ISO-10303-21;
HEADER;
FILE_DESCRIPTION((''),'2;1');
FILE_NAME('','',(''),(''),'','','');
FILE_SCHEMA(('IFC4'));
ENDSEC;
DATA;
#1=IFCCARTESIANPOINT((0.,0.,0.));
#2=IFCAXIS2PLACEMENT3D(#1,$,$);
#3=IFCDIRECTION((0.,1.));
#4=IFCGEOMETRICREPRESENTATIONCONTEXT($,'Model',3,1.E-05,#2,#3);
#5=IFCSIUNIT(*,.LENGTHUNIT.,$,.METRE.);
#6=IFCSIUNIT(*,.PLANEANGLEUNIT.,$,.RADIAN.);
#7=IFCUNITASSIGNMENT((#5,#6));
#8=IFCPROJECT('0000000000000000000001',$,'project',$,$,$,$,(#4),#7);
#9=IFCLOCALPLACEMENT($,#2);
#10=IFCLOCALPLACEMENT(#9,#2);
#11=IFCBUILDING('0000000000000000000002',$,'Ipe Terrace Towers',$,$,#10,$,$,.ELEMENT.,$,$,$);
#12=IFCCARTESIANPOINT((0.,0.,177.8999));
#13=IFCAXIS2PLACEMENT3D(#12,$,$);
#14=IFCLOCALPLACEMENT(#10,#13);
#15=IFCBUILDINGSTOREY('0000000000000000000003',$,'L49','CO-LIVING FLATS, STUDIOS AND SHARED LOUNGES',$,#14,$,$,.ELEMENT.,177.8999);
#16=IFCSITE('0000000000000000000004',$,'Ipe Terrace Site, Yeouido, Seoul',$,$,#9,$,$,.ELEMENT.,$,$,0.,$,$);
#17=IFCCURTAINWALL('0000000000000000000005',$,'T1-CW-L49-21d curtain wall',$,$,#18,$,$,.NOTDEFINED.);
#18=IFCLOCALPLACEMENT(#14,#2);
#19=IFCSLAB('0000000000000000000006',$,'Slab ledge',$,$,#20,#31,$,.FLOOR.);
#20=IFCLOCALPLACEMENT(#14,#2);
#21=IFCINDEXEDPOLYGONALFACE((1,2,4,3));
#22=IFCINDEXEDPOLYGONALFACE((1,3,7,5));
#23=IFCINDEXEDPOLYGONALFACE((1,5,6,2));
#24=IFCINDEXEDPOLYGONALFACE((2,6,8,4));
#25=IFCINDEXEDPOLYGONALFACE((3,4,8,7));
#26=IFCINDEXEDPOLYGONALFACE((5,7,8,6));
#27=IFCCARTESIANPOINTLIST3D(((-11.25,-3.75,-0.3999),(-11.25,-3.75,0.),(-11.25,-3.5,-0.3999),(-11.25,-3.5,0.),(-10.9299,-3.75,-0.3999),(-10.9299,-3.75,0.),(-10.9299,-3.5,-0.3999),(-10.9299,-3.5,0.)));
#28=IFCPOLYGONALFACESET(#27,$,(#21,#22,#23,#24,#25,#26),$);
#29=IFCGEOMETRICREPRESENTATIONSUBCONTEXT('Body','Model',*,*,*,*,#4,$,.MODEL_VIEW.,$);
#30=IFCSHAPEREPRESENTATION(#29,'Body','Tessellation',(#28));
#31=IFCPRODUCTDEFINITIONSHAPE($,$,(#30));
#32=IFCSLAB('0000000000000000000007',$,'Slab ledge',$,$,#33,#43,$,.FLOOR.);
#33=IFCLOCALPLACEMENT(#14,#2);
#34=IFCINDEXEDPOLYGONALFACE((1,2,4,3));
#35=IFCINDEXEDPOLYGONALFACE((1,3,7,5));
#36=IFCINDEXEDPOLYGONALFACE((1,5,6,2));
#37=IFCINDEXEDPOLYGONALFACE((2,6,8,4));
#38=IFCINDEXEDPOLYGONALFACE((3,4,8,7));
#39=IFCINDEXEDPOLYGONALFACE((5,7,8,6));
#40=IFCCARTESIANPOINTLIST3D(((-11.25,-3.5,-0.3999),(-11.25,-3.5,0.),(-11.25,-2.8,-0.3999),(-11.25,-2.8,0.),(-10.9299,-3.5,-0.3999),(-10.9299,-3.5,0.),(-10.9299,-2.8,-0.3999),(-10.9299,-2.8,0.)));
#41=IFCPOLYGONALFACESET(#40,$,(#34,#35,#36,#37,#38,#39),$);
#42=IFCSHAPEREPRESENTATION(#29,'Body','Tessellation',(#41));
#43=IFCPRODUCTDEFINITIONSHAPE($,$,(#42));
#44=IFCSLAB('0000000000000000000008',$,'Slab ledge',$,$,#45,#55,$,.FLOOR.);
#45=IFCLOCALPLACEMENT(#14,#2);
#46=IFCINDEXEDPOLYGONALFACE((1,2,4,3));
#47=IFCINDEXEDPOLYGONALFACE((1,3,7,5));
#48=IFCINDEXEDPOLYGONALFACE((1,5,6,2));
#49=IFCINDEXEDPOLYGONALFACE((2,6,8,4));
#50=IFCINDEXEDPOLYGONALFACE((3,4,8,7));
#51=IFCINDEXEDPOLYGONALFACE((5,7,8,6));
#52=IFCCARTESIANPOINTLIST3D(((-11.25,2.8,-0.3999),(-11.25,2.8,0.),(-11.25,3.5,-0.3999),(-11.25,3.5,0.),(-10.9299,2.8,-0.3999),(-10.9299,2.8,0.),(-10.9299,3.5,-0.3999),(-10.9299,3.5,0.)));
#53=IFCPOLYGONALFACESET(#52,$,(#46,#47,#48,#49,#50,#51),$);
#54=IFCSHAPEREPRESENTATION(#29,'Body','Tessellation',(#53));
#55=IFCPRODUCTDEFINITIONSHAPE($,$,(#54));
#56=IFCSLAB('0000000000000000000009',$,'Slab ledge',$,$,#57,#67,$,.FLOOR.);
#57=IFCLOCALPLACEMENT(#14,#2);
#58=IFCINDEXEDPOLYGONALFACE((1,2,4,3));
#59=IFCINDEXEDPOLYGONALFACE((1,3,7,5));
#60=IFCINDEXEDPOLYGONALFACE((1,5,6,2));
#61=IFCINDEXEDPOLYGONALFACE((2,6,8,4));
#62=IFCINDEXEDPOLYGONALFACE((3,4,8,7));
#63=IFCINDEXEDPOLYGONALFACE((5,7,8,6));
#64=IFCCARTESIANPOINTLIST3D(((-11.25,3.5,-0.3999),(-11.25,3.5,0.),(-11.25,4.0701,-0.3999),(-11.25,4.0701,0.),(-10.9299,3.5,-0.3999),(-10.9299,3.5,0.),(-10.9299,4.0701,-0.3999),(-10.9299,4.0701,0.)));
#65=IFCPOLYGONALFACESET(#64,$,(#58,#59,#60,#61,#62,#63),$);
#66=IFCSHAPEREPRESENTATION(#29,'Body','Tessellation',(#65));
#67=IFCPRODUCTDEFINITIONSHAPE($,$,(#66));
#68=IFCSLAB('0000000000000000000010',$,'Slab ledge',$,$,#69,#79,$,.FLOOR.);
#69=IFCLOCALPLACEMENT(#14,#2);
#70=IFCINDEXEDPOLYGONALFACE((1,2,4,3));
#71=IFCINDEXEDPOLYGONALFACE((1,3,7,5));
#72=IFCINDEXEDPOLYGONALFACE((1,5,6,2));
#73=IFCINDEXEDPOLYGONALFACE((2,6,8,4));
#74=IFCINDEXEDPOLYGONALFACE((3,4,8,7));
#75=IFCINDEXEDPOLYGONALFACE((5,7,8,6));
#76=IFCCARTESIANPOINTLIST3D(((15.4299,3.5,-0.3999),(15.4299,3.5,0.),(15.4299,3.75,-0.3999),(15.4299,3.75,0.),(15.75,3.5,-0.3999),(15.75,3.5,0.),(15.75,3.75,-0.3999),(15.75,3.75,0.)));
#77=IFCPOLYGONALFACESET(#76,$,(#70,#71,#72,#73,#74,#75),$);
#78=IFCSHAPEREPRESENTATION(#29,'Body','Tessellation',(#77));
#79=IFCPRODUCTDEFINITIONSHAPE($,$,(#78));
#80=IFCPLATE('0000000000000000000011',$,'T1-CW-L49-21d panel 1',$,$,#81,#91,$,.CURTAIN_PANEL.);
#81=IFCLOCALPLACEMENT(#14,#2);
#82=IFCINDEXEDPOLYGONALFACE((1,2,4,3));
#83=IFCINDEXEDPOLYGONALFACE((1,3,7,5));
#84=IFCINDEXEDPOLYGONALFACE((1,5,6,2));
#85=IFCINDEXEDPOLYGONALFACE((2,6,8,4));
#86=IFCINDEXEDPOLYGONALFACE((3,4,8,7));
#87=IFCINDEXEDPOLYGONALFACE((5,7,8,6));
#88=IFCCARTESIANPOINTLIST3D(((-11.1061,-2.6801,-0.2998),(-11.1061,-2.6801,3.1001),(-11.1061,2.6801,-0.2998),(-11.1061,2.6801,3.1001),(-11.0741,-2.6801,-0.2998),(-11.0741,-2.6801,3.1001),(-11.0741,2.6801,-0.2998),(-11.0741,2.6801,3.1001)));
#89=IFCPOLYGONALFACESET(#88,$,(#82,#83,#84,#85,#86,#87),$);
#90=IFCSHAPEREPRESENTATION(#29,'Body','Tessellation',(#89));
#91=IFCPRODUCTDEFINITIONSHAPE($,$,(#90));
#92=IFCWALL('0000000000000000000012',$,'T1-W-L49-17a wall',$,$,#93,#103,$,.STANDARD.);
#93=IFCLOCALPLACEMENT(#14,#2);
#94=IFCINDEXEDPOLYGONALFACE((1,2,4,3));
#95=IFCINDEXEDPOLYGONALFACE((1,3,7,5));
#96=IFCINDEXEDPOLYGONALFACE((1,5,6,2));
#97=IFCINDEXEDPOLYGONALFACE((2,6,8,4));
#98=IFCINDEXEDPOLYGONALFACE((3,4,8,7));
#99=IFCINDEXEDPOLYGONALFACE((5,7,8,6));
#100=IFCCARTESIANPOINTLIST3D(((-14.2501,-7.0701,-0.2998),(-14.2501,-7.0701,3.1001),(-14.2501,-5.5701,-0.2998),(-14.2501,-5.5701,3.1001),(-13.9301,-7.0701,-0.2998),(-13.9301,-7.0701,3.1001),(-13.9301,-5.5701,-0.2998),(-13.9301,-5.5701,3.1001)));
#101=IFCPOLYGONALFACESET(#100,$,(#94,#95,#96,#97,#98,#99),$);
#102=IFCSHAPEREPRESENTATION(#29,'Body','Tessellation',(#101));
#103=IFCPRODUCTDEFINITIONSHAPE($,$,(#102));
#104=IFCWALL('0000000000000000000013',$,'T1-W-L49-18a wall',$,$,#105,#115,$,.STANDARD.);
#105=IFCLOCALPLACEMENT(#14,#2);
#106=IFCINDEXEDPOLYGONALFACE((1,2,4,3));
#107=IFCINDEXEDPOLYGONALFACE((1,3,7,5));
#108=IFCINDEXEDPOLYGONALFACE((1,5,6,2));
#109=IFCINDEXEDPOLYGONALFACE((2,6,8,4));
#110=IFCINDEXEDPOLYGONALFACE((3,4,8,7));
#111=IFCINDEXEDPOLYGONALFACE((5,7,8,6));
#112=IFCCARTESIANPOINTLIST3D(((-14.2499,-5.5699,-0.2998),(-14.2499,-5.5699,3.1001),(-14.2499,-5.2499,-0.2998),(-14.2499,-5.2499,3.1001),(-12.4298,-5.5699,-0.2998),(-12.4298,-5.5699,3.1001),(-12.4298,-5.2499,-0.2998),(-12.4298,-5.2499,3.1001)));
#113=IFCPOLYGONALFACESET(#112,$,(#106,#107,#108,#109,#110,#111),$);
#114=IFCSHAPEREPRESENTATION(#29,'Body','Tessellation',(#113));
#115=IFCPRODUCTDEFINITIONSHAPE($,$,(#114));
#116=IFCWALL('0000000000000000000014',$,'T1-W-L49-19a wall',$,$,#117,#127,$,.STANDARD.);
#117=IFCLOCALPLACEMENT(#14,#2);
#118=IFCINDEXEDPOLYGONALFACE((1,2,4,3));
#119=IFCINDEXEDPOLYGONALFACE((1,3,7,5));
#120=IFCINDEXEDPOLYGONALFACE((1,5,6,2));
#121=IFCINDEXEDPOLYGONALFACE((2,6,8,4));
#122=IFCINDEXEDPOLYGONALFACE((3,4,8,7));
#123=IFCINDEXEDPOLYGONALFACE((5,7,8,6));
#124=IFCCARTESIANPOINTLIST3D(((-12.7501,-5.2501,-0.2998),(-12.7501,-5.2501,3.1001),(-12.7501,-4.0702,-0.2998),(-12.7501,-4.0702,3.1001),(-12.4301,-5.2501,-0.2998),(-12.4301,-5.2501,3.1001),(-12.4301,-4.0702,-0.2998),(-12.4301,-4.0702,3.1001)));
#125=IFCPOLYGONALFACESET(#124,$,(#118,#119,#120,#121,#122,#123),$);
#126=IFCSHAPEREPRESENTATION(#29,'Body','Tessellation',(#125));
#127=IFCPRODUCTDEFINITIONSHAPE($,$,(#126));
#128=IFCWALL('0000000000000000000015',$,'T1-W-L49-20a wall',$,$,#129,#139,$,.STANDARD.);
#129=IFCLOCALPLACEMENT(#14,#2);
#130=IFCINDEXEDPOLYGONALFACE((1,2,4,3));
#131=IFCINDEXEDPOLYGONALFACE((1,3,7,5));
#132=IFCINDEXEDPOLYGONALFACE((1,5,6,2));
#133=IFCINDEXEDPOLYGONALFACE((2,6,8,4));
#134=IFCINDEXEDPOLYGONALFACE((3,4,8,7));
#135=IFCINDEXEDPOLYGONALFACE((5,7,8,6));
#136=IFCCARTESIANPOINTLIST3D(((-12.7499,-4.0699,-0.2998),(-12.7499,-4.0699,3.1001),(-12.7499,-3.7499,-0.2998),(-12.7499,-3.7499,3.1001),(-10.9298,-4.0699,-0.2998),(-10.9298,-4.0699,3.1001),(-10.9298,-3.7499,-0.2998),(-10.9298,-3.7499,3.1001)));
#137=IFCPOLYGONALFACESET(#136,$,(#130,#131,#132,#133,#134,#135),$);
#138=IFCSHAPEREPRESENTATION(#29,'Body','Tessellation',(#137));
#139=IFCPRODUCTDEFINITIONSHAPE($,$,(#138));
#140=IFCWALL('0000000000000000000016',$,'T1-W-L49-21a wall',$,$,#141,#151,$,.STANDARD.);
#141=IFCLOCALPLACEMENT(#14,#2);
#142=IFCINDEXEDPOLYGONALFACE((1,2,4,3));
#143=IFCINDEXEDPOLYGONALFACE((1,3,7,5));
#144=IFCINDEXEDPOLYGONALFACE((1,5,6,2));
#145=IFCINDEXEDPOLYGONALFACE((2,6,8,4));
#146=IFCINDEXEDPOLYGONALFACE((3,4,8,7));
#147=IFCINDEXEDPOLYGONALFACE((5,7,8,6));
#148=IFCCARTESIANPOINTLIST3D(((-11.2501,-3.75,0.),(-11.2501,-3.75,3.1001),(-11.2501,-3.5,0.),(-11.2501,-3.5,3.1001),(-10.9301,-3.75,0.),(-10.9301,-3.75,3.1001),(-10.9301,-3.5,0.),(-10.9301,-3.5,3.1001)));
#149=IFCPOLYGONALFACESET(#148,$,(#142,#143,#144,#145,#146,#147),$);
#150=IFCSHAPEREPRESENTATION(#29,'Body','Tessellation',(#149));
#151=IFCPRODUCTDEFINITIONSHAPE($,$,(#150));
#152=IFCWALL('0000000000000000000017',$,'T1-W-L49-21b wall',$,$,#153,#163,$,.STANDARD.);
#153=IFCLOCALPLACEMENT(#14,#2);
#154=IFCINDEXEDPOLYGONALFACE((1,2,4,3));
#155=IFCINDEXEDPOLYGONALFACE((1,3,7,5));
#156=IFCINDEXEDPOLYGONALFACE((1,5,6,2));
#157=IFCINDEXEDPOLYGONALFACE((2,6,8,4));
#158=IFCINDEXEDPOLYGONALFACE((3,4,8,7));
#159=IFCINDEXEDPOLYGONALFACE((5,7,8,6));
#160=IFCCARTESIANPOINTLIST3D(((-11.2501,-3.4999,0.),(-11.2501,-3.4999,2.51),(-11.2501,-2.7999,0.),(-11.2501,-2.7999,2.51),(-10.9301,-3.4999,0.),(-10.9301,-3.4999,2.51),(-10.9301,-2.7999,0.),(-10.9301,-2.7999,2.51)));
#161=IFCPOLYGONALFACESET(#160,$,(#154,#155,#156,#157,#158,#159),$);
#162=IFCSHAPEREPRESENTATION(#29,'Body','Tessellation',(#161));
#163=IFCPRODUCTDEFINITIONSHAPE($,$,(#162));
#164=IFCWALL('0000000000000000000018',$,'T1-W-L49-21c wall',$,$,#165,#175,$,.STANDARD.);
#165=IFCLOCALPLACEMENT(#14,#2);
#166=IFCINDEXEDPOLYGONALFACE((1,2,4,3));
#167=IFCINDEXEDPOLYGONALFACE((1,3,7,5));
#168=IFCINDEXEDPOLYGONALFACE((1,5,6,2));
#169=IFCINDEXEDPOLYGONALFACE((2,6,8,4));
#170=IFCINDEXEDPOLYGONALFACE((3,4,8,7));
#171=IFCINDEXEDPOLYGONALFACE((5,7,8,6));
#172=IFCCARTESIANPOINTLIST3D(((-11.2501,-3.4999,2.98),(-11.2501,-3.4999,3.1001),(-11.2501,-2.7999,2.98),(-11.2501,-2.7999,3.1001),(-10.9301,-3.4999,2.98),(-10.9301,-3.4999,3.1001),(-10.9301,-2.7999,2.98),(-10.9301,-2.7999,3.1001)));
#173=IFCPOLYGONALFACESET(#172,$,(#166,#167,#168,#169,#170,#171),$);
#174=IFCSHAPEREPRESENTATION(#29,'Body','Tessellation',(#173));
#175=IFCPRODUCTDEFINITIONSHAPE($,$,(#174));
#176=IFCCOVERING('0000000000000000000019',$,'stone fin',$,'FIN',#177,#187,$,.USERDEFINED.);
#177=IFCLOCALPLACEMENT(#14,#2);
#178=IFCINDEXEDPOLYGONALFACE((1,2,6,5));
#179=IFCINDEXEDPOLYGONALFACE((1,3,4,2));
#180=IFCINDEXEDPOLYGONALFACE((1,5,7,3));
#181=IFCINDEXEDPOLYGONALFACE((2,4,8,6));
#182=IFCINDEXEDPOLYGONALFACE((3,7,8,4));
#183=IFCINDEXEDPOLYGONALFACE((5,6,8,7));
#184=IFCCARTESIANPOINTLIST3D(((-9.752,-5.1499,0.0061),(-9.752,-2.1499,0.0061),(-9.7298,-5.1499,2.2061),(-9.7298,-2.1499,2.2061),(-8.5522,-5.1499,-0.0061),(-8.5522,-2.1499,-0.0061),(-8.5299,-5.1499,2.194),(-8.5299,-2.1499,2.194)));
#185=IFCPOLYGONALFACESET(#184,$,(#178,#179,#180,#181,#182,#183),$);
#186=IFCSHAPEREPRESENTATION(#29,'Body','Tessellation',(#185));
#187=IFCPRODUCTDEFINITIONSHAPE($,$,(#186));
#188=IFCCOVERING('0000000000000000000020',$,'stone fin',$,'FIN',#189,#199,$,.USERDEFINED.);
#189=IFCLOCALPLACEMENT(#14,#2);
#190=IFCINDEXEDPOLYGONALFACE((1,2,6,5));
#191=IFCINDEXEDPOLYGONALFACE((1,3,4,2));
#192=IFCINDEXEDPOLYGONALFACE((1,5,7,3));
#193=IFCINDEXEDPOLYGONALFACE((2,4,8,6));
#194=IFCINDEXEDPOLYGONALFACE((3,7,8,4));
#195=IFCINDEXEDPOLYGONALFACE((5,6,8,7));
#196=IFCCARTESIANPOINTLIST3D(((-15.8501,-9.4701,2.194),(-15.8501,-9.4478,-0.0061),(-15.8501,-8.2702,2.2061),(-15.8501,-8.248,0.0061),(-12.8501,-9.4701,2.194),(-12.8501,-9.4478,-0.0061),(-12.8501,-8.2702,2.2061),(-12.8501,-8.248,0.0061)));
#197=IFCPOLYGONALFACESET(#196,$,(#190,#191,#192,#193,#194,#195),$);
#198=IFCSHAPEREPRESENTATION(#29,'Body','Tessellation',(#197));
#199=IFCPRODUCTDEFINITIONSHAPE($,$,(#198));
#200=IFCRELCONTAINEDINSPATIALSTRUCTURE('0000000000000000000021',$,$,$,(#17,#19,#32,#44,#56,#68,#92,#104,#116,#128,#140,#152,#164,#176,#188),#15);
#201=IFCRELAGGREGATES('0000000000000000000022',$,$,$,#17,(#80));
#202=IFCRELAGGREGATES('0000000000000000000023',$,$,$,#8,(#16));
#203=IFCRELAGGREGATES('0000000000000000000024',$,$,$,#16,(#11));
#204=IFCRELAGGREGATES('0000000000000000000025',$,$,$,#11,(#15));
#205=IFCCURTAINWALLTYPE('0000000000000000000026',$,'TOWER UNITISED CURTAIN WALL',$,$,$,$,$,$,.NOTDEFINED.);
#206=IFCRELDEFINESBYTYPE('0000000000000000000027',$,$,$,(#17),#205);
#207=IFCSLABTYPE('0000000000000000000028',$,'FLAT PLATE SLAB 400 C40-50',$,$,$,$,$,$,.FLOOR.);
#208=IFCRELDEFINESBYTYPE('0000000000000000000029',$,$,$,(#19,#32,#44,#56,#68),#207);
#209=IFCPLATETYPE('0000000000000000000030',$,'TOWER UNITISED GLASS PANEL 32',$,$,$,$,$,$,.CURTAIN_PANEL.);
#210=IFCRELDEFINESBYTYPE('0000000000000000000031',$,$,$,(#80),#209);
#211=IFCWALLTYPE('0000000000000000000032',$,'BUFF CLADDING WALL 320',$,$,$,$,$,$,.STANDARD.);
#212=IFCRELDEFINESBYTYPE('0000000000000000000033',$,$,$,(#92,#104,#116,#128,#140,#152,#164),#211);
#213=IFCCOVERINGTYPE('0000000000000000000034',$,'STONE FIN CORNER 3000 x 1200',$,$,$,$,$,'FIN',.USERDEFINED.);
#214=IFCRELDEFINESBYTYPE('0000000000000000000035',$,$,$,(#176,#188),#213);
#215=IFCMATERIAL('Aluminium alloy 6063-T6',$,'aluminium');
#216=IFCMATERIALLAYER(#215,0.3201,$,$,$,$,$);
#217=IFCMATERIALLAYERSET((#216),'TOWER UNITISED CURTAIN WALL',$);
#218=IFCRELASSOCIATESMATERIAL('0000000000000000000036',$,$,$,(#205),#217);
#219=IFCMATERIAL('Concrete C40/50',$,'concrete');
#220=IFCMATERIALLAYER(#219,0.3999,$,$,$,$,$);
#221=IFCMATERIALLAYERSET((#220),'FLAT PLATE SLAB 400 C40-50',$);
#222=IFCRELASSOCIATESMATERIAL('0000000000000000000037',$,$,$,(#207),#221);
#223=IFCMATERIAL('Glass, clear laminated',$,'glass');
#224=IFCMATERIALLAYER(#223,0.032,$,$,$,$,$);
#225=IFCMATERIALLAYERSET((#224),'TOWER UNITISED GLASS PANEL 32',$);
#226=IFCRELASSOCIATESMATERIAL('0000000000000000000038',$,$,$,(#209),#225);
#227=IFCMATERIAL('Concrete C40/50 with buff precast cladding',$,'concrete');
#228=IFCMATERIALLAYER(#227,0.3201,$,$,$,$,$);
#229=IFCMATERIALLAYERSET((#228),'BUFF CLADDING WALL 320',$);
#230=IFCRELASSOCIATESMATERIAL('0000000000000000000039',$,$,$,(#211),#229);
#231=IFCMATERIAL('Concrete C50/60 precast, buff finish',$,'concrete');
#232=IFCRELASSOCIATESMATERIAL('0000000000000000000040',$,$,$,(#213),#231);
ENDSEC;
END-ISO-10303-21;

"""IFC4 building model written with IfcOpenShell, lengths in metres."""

from ifc_helpers import new_model, si_unit, direction, frame, frame_2d, origin, origin_2d, place, context, subcontext, project, spatial, polyline, rectangle, outline, extrude, material, layer, layer_set, material_profile, profile_set, type_object, element, aggregate, save


model = new_model("IFC4")

# Units and contexts
model_context = context("Model", 3, precision=1e-05, world=origin(), true_north=direction((0.0, 1.0)))
body_context = subcontext(model_context, "Body", "Model", "MODEL_VIEW")
ifc_project = project(units=[si_unit("LENGTHUNIT", "METRE"), si_unit("PLANEANGLEUNIT", "RADIAN")], contexts=[model_context])

# Site, building, storey
site_placement = place(None, origin())
site = spatial("IfcSite", under=ifc_project, at=site_placement, Name="Ipe Terrace Site, Yeouido, Seoul", CompositionType="ELEMENT", RefElevation=0.0)
building_placement = place(site_placement, origin())
building = spatial("IfcBuilding", under=site, at=building_placement, Name="Ipe Terrace Towers", CompositionType="ELEMENT")
storey_placement = place(building_placement, frame((0.0, 0.0, 177.8999)))
storey = spatial("IfcBuildingStorey", under=building, at=storey_placement, Name="L49", Description="CO-LIVING FLATS, STUDIOS AND SHARED LOUNGES", CompositionType="ELEMENT", Elevation=177.8999)

# Curtain wall
ifc_material_1 = material(Name="Aluminium alloy 6063-T6", Category="aluminium")
ifc_layer_1 = layer(ifc_material_1, 0.3201)
ifc_layer_set_1 = layer_set([ifc_layer_1], Name="TOWER UNITISED CURTAIN WALL")
curtain_wall_type = type_object("IfcCurtainWallType", Name="TOWER UNITISED CURTAIN WALL", PredefinedType="NOTDEFINED", material=ifc_layer_set_1)
curtain_wall_1_placement = place(storey_placement, origin())
curtain_wall_1 = element("IfcCurtainWall", 1, at=curtain_wall_1_placement, inside=storey, type_object=curtain_wall_type, Name="T1-CW-L49-21d curtain wall", PredefinedType="NOTDEFINED")

# Slabs
ifc_material_2 = material(Name="Concrete C40/50", Category="concrete")
ifc_layer_2 = layer(ifc_material_2, 0.3999)
ifc_layer_set_2 = layer_set([ifc_layer_2], Name="FLAT PLATE SLAB 400 C40-50")
slab_type = type_object("IfcSlabType", Name="FLAT PLATE SLAB 400 C40-50", PredefinedType="FLOOR", material=ifc_layer_set_2)
slab_1_placement = place(storey_placement, frame((0.0, 0.0, -0.3999)))
element("IfcSlab", 2, at=slab_1_placement, inside=storey, type_object=slab_type, Name="Slab ledge", PredefinedType="FLOOR", context=body_context, shape_type="SweptSolid", body=[
    extrude(outline(polyline([(-11.25, -3.75), (-11.25, -3.5), (-10.9299, -3.5), (-10.9299, -3.75), (-11.25, -3.75)])), origin(), (0.0, 0.0, 1.0), 0.3999),
])
slab_2_placement = place(storey_placement, frame((0.0, 0.0, -0.3999)))
element("IfcSlab", 3, at=slab_2_placement, inside=storey, type_object=slab_type, Name="Slab ledge", PredefinedType="FLOOR", context=body_context, shape_type="SweptSolid", body=[
    extrude(outline(polyline([(-11.25, -3.5), (-11.25, -2.8), (-10.9299, -2.8), (-10.9299, -3.5), (-11.25, -3.5)])), origin(), (0.0, 0.0, 1.0), 0.3999),
])
slab_3_placement = place(storey_placement, frame((0.0, 0.0, -0.3999)))
element("IfcSlab", 4, at=slab_3_placement, inside=storey, type_object=slab_type, Name="Slab ledge", PredefinedType="FLOOR", context=body_context, shape_type="SweptSolid", body=[
    extrude(outline(polyline([(-11.25, 2.8), (-11.25, 3.5), (-10.9299, 3.5), (-10.9299, 2.8), (-11.25, 2.8)])), origin(), (0.0, 0.0, 1.0), 0.3999),
])
slab_4_placement = place(storey_placement, frame((0.0, 0.0, -0.3999)))
element("IfcSlab", 5, at=slab_4_placement, inside=storey, type_object=slab_type, Name="Slab ledge", PredefinedType="FLOOR", context=body_context, shape_type="SweptSolid", body=[
    extrude(outline(polyline([(-11.25, 3.5), (-11.25, 4.0701), (-10.9299, 4.0701), (-10.9299, 3.5), (-11.25, 3.5)])), origin(), (0.0, 0.0, 1.0), 0.3999),
])
slab_5_placement = place(storey_placement, frame((0.0, 0.0, -0.3999)))
element("IfcSlab", 6, at=slab_5_placement, inside=storey, type_object=slab_type, Name="Slab ledge", PredefinedType="FLOOR", context=body_context, shape_type="SweptSolid", body=[
    extrude(outline(polyline([(15.75, 3.75), (15.75, 3.5), (15.4299, 3.5), (15.4299, 3.75), (15.75, 3.75)])), origin(), (0.0, 0.0, 1.0), 0.3999),
])

# Plate
ifc_material_3 = material(Name="Glass, clear laminated", Category="glass")
ifc_layer_3 = layer(ifc_material_3, 0.032)
ifc_layer_set_3 = layer_set([ifc_layer_3], Name="TOWER UNITISED GLASS PANEL 32")
plate_type = type_object("IfcPlateType", Name="TOWER UNITISED GLASS PANEL 32", PredefinedType="CURTAIN_PANEL", material=ifc_layer_set_3)
plate_placement = place(storey_placement, frame((-11.0901, 0.0, -0.2998), z_axis=(0.0, 0.0, 1.0), x_axis=(0.0, 1.0, 0.0)))
plate = element("IfcPlate", 7, at=plate_placement, type_object=plate_type, Name="T1-CW-L49-21d panel 1", PredefinedType="CURTAIN_PANEL", context=body_context, shape_type="SweptSolid", body=[
    extrude(rectangle(XDim=5.3601, YDim=0.032, at=origin_2d()), origin(), (0.0, 0.0, 1.0), 3.3999),
])
aggregate(curtain_wall_1, [plate])

# Walls
ifc_material_4 = material(Name="Concrete C40/50 with buff precast cladding", Category="concrete")
ifc_layer_4 = layer(ifc_material_4, 0.3201)
ifc_layer_set_4 = layer_set([ifc_layer_4], Name="BUFF CLADDING WALL 320")
wall_type = type_object("IfcWallType", Name="BUFF CLADDING WALL 320", PredefinedType="STANDARD", material=ifc_layer_set_4)
wall_1_placement = place(storey_placement, frame((-14.0901, -7.0701, -0.2998), z_axis=(0.0, 0.0, 1.0), x_axis=(0.0, 1.0, 0.0)))
element("IfcWall", 8, at=wall_1_placement, inside=storey, type_object=wall_type, Name="T1-W-L49-17a wall", PredefinedType="STANDARD", context=body_context, shape_type="SweptSolid", body=[
    extrude(rectangle(XDim=1.5, YDim=0.3201, at=frame_2d((0.75, 0.0))), origin(), (0.0, 0.0, 1.0), 3.3999),
])
wall_2_placement = place(storey_placement, frame((-14.25, -5.4099, -0.2998), z_axis=(0.0, 0.0, 1.0), x_axis=(1.0, 0.0, 0.0)))
element("IfcWall", 9, at=wall_2_placement, inside=storey, type_object=wall_type, Name="T1-W-L49-18a wall", PredefinedType="STANDARD", context=body_context, shape_type="SweptSolid", body=[
    extrude(rectangle(XDim=1.8201, YDim=0.3201, at=frame_2d((0.9102, 0.0))), origin(), (0.0, 0.0, 1.0), 3.3999),
])
wall_3_placement = place(storey_placement, frame((-12.5901, -5.25, -0.2998), z_axis=(0.0, 0.0, 1.0), x_axis=(0.0, 1.0, 0.0)))
element("IfcWall", 10, at=wall_3_placement, inside=storey, type_object=wall_type, Name="T1-W-L49-19a wall", PredefinedType="STANDARD", context=body_context, shape_type="SweptSolid", body=[
    extrude(rectangle(XDim=1.1799, YDim=0.3201, at=frame_2d((0.5898, 0.0))), origin(), (0.0, 0.0, 1.0), 3.3999),
])
wall_4_placement = place(storey_placement, frame((-12.75, -3.9099, -0.2998), z_axis=(0.0, 0.0, 1.0), x_axis=(1.0, 0.0, 0.0)))
element("IfcWall", 11, at=wall_4_placement, inside=storey, type_object=wall_type, Name="T1-W-L49-20a wall", PredefinedType="STANDARD", context=body_context, shape_type="SweptSolid", body=[
    extrude(rectangle(XDim=1.8201, YDim=0.3201, at=frame_2d((0.9102, 0.0))), origin(), (0.0, 0.0, 1.0), 3.3999),
])
wall_5_placement = place(storey_placement, frame((-11.0901, -3.75, 0.0), z_axis=(0.0, 0.0, 1.0), x_axis=(0.0, 1.0, 0.0)))
element("IfcWall", 12, at=wall_5_placement, inside=storey, type_object=wall_type, Name="T1-W-L49-21a wall", PredefinedType="STANDARD", context=body_context, shape_type="SweptSolid", body=[
    extrude(rectangle(XDim=0.25, YDim=0.3201, at=frame_2d((0.125, 0.0))), origin(), (0.0, 0.0, 1.0), 3.1001),
])
wall_6_placement = place(storey_placement, frame((-11.0901, -3.5, 0.0), z_axis=(0.0, 0.0, 1.0), x_axis=(0.0, 1.0, 0.0)))
element("IfcWall", 13, at=wall_6_placement, inside=storey, type_object=wall_type, Name="T1-W-L49-21b wall", PredefinedType="STANDARD", context=body_context, shape_type="SweptSolid", body=[
    extrude(rectangle(XDim=0.7, YDim=0.3201, at=frame_2d((0.3501, 0.0))), origin(), (0.0, 0.0, 1.0), 2.51),
])
wall_7_placement = place(storey_placement, frame((-11.0901, -3.5, 2.98), z_axis=(0.0, 0.0, 1.0), x_axis=(0.0, 1.0, 0.0)))
element("IfcWall", 14, at=wall_7_placement, inside=storey, type_object=wall_type, Name="T1-W-L49-21c wall", PredefinedType="STANDARD", context=body_context, shape_type="SweptSolid", body=[
    extrude(rectangle(XDim=0.7, YDim=0.3201, at=frame_2d((0.3501, 0.0))), origin(), (0.0, 0.0, 1.0), 0.1201),
])

# Coverings
ifc_material_5 = material(Name="Concrete C50/60 precast, buff finish", Category="concrete")
ifc_material_profile_1 = material_profile(ifc_material_5, rectangle(XDim=3.0, YDim=1.2, at=origin_2d()), Name="STONE FIN CORNER 3000 x 1200")
ifc_profile_set_1 = profile_set([ifc_material_profile_1], Name="Concrete C50/60 precast, buff finish")
covering_type_1 = type_object("IfcCoveringType", Name="STONE FIN CORNER 3000 x 1200", ElementType="FIN", PredefinedType="USERDEFINED", material=ifc_profile_set_1)
for number, where, z_axis, x_axis, name in (
    (15, (-9.1521, -3.6499, 0.0), (0.010097, 0.0, 0.999949), (0.0, 1.0, 0.0), "stone fin"),
    (16, (-14.3501, -8.8479, 0.0), (0.0, -0.010097, 0.999949), (1.0, 0.0, 0.0), "stone fin"),
):
    element("IfcCovering", number, at=place(storey_placement, frame(where, z_axis=z_axis, x_axis=x_axis)), inside=storey, type_object=covering_type_1, Name=name, ObjectType="FIN", PredefinedType="USERDEFINED", context=body_context, shape_type="SweptSolid", body=[
        extrude(rectangle(XDim=3.0, YDim=1.2, at=origin_2d()), origin(), (0.0, 0.0, 1.0), 2.2002),
    ])

save(model, "model.ifc")
